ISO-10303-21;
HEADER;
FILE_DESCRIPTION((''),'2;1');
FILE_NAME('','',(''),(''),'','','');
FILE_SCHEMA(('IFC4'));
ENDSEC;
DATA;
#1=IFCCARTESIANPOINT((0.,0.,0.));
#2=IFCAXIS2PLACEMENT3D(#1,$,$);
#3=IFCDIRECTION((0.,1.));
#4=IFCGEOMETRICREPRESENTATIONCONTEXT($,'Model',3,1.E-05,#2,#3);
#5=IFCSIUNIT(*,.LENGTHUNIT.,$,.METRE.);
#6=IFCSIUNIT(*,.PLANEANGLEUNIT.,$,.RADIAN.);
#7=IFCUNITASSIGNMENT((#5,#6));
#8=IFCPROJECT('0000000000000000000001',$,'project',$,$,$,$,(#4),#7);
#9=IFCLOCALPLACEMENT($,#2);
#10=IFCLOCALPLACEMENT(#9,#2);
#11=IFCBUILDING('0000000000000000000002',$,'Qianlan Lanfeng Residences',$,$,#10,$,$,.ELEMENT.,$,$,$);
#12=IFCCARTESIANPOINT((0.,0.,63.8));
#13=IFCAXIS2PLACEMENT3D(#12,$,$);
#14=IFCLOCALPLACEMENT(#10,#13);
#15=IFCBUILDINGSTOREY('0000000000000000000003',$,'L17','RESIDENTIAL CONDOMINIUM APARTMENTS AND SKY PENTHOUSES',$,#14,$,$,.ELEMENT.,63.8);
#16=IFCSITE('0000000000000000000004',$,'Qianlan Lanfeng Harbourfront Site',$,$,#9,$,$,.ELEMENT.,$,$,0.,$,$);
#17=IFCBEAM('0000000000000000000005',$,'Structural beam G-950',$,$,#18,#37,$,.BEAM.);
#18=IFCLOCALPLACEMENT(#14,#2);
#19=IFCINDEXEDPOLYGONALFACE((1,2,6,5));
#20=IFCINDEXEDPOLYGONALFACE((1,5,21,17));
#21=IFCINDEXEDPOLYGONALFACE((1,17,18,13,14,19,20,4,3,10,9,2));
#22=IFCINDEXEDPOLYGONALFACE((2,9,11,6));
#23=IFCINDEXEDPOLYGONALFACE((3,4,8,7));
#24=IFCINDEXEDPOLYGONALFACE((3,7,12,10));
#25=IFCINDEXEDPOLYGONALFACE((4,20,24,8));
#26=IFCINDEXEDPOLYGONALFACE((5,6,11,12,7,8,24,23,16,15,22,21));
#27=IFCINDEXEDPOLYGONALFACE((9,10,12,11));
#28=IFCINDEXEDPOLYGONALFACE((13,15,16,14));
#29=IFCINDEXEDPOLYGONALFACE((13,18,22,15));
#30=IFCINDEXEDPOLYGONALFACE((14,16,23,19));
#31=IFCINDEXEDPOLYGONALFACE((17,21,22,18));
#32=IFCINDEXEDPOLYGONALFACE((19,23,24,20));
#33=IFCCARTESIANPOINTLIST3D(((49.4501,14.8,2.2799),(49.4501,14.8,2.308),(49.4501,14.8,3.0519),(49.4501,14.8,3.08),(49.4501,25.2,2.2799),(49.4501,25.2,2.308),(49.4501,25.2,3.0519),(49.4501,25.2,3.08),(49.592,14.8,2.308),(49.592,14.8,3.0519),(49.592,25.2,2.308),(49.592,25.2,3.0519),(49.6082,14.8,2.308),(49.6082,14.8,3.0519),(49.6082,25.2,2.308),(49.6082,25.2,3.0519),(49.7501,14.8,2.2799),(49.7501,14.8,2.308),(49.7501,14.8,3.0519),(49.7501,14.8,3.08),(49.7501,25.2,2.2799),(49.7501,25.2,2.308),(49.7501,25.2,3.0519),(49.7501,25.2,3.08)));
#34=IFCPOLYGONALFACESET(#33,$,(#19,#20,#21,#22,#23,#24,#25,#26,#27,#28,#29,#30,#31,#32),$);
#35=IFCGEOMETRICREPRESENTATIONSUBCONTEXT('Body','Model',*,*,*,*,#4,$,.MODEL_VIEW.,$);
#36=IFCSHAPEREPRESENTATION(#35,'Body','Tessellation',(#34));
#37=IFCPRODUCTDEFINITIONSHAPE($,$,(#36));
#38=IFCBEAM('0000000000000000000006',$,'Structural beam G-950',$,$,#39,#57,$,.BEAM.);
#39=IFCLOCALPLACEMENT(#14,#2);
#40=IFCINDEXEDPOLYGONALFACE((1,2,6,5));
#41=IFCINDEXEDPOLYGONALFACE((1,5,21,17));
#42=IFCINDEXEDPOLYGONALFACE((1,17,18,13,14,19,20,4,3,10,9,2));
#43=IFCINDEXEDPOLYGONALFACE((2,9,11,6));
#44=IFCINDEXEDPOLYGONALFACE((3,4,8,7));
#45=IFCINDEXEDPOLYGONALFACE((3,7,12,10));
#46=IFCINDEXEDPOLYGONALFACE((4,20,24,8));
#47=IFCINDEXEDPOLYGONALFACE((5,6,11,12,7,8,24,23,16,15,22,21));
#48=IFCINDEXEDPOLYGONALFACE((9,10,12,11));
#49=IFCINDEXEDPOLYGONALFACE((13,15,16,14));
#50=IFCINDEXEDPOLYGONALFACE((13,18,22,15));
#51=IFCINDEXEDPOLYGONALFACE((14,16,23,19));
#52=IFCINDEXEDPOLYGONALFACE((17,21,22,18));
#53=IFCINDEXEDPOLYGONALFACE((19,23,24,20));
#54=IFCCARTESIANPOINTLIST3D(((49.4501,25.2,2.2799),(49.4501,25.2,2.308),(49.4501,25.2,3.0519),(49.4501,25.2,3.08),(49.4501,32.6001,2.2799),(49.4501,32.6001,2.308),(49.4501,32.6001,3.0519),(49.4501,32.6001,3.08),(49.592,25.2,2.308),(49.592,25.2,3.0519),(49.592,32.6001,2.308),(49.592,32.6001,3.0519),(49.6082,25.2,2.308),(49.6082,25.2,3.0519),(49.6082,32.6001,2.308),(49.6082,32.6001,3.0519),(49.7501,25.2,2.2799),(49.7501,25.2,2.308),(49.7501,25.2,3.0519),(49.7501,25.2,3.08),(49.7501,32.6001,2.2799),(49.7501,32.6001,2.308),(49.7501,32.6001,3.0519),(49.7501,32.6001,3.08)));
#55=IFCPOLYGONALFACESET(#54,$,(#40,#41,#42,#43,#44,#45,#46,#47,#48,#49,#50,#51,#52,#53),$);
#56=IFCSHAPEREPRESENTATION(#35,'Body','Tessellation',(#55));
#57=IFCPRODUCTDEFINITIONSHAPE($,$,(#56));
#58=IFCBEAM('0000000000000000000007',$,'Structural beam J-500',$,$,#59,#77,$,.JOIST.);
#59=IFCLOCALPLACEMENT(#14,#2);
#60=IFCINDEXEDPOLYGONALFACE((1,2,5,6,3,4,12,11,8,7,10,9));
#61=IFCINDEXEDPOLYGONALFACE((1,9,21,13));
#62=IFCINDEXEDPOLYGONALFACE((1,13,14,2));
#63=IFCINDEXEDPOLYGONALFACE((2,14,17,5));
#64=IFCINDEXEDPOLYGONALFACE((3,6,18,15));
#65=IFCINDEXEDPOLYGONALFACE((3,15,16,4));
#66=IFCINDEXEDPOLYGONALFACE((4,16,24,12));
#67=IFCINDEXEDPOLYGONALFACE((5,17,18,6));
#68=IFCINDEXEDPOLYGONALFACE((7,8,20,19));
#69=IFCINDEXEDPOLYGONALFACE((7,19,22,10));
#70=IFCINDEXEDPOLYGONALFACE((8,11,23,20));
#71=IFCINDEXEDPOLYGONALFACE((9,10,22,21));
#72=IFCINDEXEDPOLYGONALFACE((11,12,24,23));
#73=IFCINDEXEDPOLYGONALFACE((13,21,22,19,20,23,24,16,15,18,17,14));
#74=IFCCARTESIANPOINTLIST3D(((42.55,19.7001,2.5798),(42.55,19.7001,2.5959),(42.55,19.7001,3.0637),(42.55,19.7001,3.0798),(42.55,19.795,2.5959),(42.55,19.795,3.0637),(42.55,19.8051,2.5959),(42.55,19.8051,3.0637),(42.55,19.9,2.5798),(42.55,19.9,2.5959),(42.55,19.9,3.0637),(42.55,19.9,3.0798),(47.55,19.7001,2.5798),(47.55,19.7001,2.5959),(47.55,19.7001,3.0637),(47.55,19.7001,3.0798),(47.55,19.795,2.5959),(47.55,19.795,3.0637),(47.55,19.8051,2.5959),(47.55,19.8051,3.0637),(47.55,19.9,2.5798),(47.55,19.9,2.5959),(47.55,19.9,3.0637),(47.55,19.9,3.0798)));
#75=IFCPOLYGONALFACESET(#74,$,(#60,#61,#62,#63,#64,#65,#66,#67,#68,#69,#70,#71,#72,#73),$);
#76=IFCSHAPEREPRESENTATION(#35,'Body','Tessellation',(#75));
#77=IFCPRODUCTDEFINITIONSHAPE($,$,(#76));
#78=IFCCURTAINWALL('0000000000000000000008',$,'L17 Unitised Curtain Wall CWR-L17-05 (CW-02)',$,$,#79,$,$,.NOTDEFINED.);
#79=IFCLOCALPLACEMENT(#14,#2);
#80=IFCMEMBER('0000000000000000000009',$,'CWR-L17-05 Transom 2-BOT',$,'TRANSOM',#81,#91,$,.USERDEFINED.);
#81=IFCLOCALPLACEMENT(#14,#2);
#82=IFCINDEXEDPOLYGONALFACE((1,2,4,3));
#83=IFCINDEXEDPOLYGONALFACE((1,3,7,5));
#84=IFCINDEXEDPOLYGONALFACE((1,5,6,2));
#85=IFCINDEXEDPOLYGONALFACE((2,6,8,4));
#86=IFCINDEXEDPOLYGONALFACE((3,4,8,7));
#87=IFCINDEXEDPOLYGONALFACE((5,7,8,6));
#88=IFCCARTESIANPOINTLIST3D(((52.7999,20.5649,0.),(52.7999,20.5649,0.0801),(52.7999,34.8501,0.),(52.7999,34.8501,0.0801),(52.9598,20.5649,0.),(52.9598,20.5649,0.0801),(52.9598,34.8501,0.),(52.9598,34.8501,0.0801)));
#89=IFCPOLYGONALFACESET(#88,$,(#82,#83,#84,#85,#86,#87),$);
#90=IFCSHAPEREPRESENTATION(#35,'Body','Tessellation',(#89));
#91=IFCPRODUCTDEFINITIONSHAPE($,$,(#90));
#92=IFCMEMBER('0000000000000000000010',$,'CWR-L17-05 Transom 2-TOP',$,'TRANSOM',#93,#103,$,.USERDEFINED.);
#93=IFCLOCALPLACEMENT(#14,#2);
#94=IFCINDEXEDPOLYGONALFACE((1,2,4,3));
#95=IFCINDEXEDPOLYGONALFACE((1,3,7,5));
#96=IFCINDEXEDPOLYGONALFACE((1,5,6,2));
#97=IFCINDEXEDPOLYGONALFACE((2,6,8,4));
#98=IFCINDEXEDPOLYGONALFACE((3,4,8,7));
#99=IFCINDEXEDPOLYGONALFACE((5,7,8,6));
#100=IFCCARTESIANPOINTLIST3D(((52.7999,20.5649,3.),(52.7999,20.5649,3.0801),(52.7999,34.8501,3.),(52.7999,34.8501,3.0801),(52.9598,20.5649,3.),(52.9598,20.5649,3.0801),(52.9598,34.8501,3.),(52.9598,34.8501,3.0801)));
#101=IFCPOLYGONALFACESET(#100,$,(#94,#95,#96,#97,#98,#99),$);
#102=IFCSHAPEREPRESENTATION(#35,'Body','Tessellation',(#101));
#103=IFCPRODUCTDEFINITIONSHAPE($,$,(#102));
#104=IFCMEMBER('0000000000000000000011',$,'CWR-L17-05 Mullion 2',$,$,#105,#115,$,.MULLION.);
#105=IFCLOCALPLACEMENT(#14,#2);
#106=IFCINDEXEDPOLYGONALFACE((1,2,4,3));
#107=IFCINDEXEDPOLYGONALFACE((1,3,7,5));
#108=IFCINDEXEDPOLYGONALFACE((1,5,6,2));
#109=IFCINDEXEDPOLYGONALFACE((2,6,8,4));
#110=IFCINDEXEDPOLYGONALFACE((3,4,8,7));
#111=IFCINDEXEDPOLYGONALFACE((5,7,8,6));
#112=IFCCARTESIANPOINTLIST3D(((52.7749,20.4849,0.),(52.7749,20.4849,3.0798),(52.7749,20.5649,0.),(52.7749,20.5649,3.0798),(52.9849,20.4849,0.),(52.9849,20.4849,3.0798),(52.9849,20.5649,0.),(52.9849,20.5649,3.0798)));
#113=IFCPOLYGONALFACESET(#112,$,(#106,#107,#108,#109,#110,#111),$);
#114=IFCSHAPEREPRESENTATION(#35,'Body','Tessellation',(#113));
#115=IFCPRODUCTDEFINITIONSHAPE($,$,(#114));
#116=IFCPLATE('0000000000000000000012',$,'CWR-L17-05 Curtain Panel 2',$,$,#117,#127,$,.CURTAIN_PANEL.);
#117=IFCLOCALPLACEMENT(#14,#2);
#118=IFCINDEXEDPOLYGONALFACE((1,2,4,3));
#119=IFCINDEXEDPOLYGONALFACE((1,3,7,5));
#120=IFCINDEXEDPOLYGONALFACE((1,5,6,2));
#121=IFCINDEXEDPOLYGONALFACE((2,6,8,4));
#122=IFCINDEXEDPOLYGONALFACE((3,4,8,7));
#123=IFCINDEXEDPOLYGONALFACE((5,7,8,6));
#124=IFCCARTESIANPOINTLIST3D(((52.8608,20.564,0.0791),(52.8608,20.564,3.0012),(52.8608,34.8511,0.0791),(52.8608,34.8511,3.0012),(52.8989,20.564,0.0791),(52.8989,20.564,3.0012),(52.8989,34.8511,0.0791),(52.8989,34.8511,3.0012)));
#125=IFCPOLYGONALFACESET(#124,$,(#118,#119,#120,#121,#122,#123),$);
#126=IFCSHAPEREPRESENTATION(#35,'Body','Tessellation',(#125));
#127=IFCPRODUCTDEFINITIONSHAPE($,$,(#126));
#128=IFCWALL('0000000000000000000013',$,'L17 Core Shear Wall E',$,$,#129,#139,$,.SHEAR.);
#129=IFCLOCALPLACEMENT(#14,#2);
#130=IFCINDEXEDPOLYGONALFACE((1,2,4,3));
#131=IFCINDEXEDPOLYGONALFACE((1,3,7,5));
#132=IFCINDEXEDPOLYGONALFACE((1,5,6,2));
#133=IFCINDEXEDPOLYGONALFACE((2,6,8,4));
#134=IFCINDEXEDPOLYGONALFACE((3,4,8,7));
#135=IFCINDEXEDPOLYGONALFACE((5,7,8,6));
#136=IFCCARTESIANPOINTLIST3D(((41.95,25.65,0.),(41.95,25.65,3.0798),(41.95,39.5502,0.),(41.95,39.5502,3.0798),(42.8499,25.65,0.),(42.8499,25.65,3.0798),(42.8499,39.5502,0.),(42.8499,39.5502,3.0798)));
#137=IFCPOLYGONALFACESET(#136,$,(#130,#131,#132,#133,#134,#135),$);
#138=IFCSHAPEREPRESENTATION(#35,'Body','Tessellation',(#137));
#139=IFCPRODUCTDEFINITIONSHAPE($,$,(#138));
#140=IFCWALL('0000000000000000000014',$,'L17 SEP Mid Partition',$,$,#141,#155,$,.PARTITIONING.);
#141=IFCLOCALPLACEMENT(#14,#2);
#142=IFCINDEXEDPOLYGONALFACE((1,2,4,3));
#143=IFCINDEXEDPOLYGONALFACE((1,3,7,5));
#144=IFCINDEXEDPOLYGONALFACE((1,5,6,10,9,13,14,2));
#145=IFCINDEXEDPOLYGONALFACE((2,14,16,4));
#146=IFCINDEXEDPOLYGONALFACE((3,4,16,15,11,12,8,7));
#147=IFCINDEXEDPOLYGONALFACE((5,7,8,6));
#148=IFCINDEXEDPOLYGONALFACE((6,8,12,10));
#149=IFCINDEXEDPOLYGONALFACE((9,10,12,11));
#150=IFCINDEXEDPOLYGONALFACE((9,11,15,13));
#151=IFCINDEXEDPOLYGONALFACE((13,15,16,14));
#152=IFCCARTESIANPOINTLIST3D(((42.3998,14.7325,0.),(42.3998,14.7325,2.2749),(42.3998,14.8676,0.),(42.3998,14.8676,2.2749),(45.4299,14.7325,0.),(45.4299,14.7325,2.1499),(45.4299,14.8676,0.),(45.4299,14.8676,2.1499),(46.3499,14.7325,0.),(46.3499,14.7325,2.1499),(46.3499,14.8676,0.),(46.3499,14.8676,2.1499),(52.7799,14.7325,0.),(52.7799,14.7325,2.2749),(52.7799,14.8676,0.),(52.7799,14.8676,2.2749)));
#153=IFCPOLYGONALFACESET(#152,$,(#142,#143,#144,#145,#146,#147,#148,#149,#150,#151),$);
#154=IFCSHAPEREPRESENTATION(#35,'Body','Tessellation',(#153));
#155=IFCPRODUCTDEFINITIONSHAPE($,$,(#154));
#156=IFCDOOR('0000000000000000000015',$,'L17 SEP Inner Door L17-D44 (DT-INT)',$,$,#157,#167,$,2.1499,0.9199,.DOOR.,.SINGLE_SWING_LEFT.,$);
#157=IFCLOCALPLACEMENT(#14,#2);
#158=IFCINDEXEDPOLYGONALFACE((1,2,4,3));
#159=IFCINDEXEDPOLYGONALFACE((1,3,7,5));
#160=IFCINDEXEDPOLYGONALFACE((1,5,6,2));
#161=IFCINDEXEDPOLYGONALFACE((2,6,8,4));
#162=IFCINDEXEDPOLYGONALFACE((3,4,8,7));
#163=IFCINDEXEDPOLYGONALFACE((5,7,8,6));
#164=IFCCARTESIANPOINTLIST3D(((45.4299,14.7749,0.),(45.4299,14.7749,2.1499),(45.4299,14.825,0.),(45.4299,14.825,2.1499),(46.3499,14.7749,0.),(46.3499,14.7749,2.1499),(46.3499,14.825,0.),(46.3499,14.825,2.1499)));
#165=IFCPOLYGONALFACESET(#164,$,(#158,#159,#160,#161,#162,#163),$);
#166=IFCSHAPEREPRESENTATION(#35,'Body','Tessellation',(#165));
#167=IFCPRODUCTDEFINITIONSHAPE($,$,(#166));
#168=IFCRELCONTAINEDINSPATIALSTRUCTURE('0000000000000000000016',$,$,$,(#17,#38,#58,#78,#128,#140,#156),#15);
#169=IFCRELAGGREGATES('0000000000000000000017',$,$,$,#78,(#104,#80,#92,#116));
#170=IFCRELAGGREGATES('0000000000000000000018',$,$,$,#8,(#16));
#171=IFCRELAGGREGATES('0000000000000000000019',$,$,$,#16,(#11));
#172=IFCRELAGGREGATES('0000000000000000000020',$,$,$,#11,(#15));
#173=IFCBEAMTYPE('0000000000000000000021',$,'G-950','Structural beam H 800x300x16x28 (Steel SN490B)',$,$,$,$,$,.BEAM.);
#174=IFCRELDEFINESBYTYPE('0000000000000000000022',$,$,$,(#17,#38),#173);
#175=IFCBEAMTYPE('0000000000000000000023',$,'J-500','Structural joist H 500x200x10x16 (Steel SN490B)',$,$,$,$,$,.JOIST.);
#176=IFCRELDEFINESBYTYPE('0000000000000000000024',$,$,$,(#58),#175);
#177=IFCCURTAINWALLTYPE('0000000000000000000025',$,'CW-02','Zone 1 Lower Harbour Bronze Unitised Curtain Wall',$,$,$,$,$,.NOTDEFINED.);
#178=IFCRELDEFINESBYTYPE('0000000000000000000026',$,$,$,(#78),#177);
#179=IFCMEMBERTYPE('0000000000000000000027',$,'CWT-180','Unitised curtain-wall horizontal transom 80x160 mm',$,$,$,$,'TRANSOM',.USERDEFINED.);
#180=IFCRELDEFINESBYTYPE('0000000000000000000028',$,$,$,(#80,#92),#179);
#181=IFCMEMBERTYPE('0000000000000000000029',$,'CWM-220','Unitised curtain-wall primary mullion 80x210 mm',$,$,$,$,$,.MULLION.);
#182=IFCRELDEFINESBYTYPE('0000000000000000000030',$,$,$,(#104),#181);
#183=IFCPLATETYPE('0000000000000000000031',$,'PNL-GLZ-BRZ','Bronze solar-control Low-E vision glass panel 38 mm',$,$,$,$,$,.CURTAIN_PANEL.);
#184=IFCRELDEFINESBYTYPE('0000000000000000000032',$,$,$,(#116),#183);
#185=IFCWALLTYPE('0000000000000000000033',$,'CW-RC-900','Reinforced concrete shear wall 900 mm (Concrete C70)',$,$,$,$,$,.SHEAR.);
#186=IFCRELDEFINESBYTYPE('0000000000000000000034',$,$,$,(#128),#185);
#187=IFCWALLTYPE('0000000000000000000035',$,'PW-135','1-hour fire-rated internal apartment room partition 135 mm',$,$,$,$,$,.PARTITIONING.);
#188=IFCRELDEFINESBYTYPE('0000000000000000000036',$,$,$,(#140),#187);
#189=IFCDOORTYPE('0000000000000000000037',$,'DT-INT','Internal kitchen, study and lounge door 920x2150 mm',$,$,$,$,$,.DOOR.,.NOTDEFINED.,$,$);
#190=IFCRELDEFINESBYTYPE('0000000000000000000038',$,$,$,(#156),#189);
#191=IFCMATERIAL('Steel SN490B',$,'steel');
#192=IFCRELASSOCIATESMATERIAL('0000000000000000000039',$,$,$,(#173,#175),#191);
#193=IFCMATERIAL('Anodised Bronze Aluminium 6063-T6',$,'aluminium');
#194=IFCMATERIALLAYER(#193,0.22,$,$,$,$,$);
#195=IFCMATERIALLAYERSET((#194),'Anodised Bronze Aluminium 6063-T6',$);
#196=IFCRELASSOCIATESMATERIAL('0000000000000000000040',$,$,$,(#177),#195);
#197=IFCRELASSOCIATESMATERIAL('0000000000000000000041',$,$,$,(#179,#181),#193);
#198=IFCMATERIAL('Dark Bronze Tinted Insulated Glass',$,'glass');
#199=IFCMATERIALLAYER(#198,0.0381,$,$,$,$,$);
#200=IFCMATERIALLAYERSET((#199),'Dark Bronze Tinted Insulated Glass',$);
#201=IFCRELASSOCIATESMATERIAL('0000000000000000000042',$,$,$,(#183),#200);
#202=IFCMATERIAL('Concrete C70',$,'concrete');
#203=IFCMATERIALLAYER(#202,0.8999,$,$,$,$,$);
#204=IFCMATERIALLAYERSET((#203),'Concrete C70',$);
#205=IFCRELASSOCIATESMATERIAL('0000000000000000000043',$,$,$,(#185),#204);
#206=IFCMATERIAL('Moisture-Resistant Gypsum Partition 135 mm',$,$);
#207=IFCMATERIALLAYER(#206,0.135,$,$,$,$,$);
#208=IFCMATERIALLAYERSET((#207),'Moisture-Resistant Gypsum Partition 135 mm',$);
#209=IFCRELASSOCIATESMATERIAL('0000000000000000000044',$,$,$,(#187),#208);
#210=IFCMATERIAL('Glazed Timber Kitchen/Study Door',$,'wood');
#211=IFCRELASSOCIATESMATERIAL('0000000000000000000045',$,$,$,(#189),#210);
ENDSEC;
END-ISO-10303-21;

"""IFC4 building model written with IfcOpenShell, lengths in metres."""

from ifc_helpers import new_model, si_unit, direction, frame, frame_2d, origin, origin_2d, place, context, subcontext, project, spatial, rectangle, i_section, extrude, source, transform, mapped, material, layer, layer_set, material_profile, profile_set, type_object, element, fill, aggregate, save


model = new_model("IFC4")

# Units and contexts
model_context = context("Model", 3, precision=1e-05, world=origin(), true_north=direction((0.0, 1.0)))
body_context = subcontext(model_context, "Body", "Model", "MODEL_VIEW")
ifc_project = project(units=[si_unit("LENGTHUNIT", "METRE"), si_unit("PLANEANGLEUNIT", "RADIAN")], contexts=[model_context])

# Site, building, storey
site_placement = place(None, origin())
site = spatial("IfcSite", under=ifc_project, at=site_placement, Name="Qianlan Lanfeng Harbourfront Site", CompositionType="ELEMENT", RefElevation=0.0)
building_placement = place(site_placement, origin())
building = spatial("IfcBuilding", under=site, at=building_placement, Name="Qianlan Lanfeng Residences", CompositionType="ELEMENT")
storey_placement = place(building_placement, frame((0.0, 0.0, 63.8)))
storey = spatial("IfcBuildingStorey", under=building, at=storey_placement, Name="L17", Description="RESIDENTIAL CONDOMINIUM APARTMENTS AND SKY PENTHOUSES", CompositionType="ELEMENT", Elevation=63.8)

# Shared definitions
ifc_material_1 = material(Name="Steel SN490B", Category="steel")

# Beams
ifc_material_profile_1 = material_profile(ifc_material_1, i_section(OverallWidth=0.3, OverallDepth=0.8, WebThickness=0.0161, FlangeThickness=0.0281, at=origin_2d()), Name="H 800x300x16x28")
ifc_profile_set_1 = profile_set([ifc_material_profile_1], Name="Steel SN490B")
beam_type_1 = type_object("IfcBeamType", Name="G-950", Description="Structural beam H 800x300x16x28 (Steel SN490B)", PredefinedType="BEAM", material=ifc_profile_set_1)
beam_1_placement = place(storey_placement, frame((49.6001, 14.8, 2.6799), z_axis=(0.0, 1.0, 0.0), x_axis=(-1.0, 0.0, 0.0)))
element("IfcBeam", 1, at=beam_1_placement, inside=storey, type_object=beam_type_1, Name="Structural beam G-950", PredefinedType="BEAM", context=body_context, shape_type="SweptSolid", body=[
    extrude(i_section(OverallWidth=0.3, OverallDepth=0.8, WebThickness=0.0161, FlangeThickness=0.0281, at=origin_2d()), origin(), (0.0, 0.0, 1.0), 10.3999),
])
beam_2_placement = place(storey_placement, frame((49.6001, 25.2, 2.6799), z_axis=(0.0, 1.0, 0.0), x_axis=(-1.0, 0.0, 0.0)))
element("IfcBeam", 2, at=beam_2_placement, inside=storey, type_object=beam_type_1, Name="Structural beam G-950", PredefinedType="BEAM", context=body_context, shape_type="SweptSolid", body=[
    extrude(i_section(OverallWidth=0.3, OverallDepth=0.8, WebThickness=0.0161, FlangeThickness=0.0281, at=origin_2d()), origin(), (0.0, 0.0, 1.0), 7.4001),
])
ifc_material_profile_2 = material_profile(ifc_material_1, i_section(OverallWidth=0.2, OverallDepth=0.5, WebThickness=0.01, FlangeThickness=0.0161, at=origin_2d()), Name="H 500x200x10x16")
ifc_profile_set_2 = profile_set([ifc_material_profile_2], Name="Steel SN490B")
beam_type_2 = type_object("IfcBeamType", Name="J-500", Description="Structural joist H 500x200x10x16 (Steel SN490B)", PredefinedType="JOIST", material=ifc_profile_set_2)
beam_3_placement = place(storey_placement, frame((42.55, 19.8, 2.8298), z_axis=(1.0, 0.0, 0.0), x_axis=(0.0, 1.0, 0.0)))
element("IfcBeam", 3, at=beam_3_placement, inside=storey, type_object=beam_type_2, Name="Structural beam J-500", PredefinedType="JOIST", context=body_context, shape_type="SweptSolid", body=[
    extrude(i_section(OverallWidth=0.2, OverallDepth=0.5, WebThickness=0.01, FlangeThickness=0.0161, at=origin_2d()), origin(), (0.0, 0.0, 1.0), 5.0),
])

# Curtain wall, members, plate
ifc_material_2 = material(Name="Anodised Bronze Aluminium 6063-T6", Category="aluminium")
ifc_layer_1 = layer(ifc_material_2, 0.22)
ifc_layer_set_1 = layer_set([ifc_layer_1], Name="Anodised Bronze Aluminium 6063-T6")
curtain_wall_type = type_object("IfcCurtainWallType", Name="CW-02", Description="Zone 1 Lower Harbour Bronze Unitised Curtain Wall", PredefinedType="NOTDEFINED", material=ifc_layer_set_1)
curtain_wall_placement = place(storey_placement, origin())
curtain_wall = element("IfcCurtainWall", 4, at=curtain_wall_placement, inside=storey, type_object=curtain_wall_type, Name="L17 Unitised Curtain Wall CWR-L17-05 (CW-02)", PredefinedType="NOTDEFINED")
ifc_material_profile_3 = material_profile(ifc_material_2, rectangle(XDim=0.0801, YDim=0.1599, at=origin_2d()), Name="ALU TRANSOM 80x160")
ifc_profile_set_3 = profile_set([ifc_material_profile_3], Name="Anodised Bronze Aluminium 6063-T6")
member_type_1 = type_object("IfcMemberType", Name="CWT-180", Description="Unitised curtain-wall horizontal transom 80x160 mm", ElementType="TRANSOM", PredefinedType="USERDEFINED", material=ifc_profile_set_3)
shared_shape_1 = source(origin(), body_context, "Body", "SweptSolid", [
    extrude(rectangle(XDim=0.0801, YDim=0.1599, at=origin_2d()), origin(), (0.0, 0.0, 1.0), 14.2852),
])
member_1_placement = place(storey_placement, frame((52.8799, 20.5649, 0.04), z_axis=(0.0, 1.0, 0.0), x_axis=(0.0, 0.0, 1.0)))
member_1 = element("IfcMember", 5, at=member_1_placement, type_object=member_type_1, Name="CWR-L17-05 Transom 2-BOT", ObjectType="TRANSOM", PredefinedType="USERDEFINED", context=body_context, shape_type="MappedRepresentation", body=[
    mapped(shared_shape_1, transform((0.0, 0.0, 0.0), scale=1.0)),
])
member_2_placement = place(storey_placement, frame((52.8799, 20.5649, 3.04), z_axis=(0.0, 1.0, 0.0), x_axis=(0.0, 0.0, 1.0)))
member_2 = element("IfcMember", 6, at=member_2_placement, type_object=member_type_1, Name="CWR-L17-05 Transom 2-TOP", ObjectType="TRANSOM", PredefinedType="USERDEFINED", context=body_context, shape_type="MappedRepresentation", body=[
    mapped(shared_shape_1, transform((0.0, 0.0, 0.0), scale=1.0)),
])
ifc_material_profile_4 = material_profile(ifc_material_2, rectangle(XDim=0.0801, YDim=0.21, at=origin_2d()), Name="ALU MULLION 80x210")
ifc_profile_set_4 = profile_set([ifc_material_profile_4], Name="Anodised Bronze Aluminium 6063-T6")
member_type_2 = type_object("IfcMemberType", Name="CWM-220", Description="Unitised curtain-wall primary mullion 80x210 mm", PredefinedType="MULLION", material=ifc_profile_set_4)
shared_shape_2 = source(origin(), body_context, "Body", "SweptSolid", [
    extrude(rectangle(XDim=0.0801, YDim=0.21, at=origin_2d()), origin(), (0.0, 0.0, 1.0), 3.0798),
])
member_3_placement = place(storey_placement, frame((52.8799, 20.5249, 0.0), z_axis=(0.0, 0.0, 1.0), x_axis=(0.0, 1.0, 0.0)))
member_3 = element("IfcMember", 7, at=member_3_placement, type_object=member_type_2, Name="CWR-L17-05 Mullion 2", PredefinedType="MULLION", context=body_context, shape_type="MappedRepresentation", body=[
    mapped(shared_shape_2, transform((0.0, 0.0, 0.0), scale=1.0)),
])
ifc_material_3 = material(Name="Dark Bronze Tinted Insulated Glass", Category="glass")
ifc_layer_2 = layer(ifc_material_3, 0.0381)
ifc_layer_set_2 = layer_set([ifc_layer_2], Name="Dark Bronze Tinted Insulated Glass")
plate_type = type_object("IfcPlateType", Name="PNL-GLZ-BRZ", Description="Bronze solar-control Low-E vision glass panel 38 mm", PredefinedType="CURTAIN_PANEL", material=ifc_layer_set_2)
shared_shape_3 = source(origin(), body_context, "Body", "SweptSolid", [
    extrude(rectangle(XDim=14.2871, YDim=0.0381, at=origin_2d()), origin(), (0.0, 0.0, 1.0), 2.9221),
])
plate_placement = place(storey_placement, frame((52.8799, 27.7075, 0.0791), z_axis=(0.0, 0.0, 1.0), x_axis=(0.0, 1.0, 0.0)))
plate = element("IfcPlate", 8, at=plate_placement, type_object=plate_type, Name="CWR-L17-05 Curtain Panel 2", PredefinedType="CURTAIN_PANEL", context=body_context, shape_type="MappedRepresentation", body=[
    mapped(shared_shape_3, transform((0.0, 0.0, 0.0), scale=1.0)),
])
aggregate(curtain_wall, [member_3, member_1, member_2, plate])

# Wall
ifc_material_4 = material(Name="Concrete C70", Category="concrete")
ifc_layer_3 = layer(ifc_material_4, 0.8999)
ifc_layer_set_3 = layer_set([ifc_layer_3], Name="Concrete C70")
wall_type_1 = type_object("IfcWallType", Name="CW-RC-900", Description="Reinforced concrete shear wall 900 mm (Concrete C70)", PredefinedType="SHEAR", material=ifc_layer_set_3)
wall_1_placement = place(storey_placement, frame((42.3999, 25.6499, 0.0), z_axis=(0.0, 0.0, 1.0), x_axis=(0.0, 1.0, 0.0)))
element("IfcWall", 9, at=wall_1_placement, inside=storey, type_object=wall_type_1, Name="L17 Core Shear Wall E", PredefinedType="SHEAR", context=body_context, shape_type="SweptSolid", body=[
    extrude(rectangle(XDim=13.9001, YDim=0.8999, at=frame_2d((6.9502, 0.0))), origin(), (0.0, 0.0, 1.0), 3.0798),
])

# Wall, opening, door
ifc_material_5 = material(Name="Moisture-Resistant Gypsum Partition 135 mm")
ifc_layer_4 = layer(ifc_material_5, 0.135)
ifc_layer_set_4 = layer_set([ifc_layer_4], Name="Moisture-Resistant Gypsum Partition 135 mm")
wall_type_2 = type_object("IfcWallType", Name="PW-135", Description="1-hour fire-rated internal apartment room partition 135 mm", PredefinedType="PARTITIONING", material=ifc_layer_set_4)
wall_2_placement = place(storey_placement, frame((42.3999, 14.8, 0.0), z_axis=(0.0, 0.0, 1.0), x_axis=(1.0, 0.0, 0.0)))
wall_2 = element("IfcWall", 10, at=wall_2_placement, inside=storey, type_object=wall_type_2, Name="L17 SEP Mid Partition", PredefinedType="PARTITIONING", context=body_context, shape_type="SweptSolid", body=[
    extrude(rectangle(XDim=10.3801, YDim=0.135, at=frame_2d((5.1899, 0.0))), origin(), (0.0, 0.0, 1.0), 2.2749),
])
opening_1_placement = place(wall_2_placement, frame((3.03, 0.0, 0.0)))
opening_1 = element("IfcOpeningElement", 11, at=opening_1_placement, cuts=wall_2, PredefinedType="OPENING", context=body_context, shape_type="SweptSolid", body=[
    extrude(rectangle(XDim=0.9199, YDim=2.1499, at=frame_2d((0.46, 1.075))), frame((0.0, 0.0776, 0.0), z_axis=(0.0, -1.0, 0.0), x_axis=(1.0, 0.0, 0.0)), (0.0, 0.0, 1.0), 0.155),
])
ifc_material_6 = material(Name="Glazed Timber Kitchen/Study Door", Category="wood")
door_type = type_object("IfcDoorType", Name="DT-INT", Description="Internal kitchen, study and lounge door 920x2150 mm", OperationType="NOTDEFINED", PredefinedType="DOOR", material=ifc_material_6)
door_1_placement = place(opening_1_placement, origin())
door_1 = element("IfcDoor", 12, at=door_1_placement, inside=storey, type_object=door_type, Name="L17 SEP Inner Door L17-D44 (DT-INT)", OperationType="SINGLE_SWING_LEFT", OverallHeight=2.1499, OverallWidth=0.9199, PredefinedType="DOOR", context=body_context, shape_type="SweptSolid", body=[
    extrude(rectangle(XDim=0.9199, YDim=2.1499, at=frame_2d((0.46, 1.075))), frame((0.0, 0.0249, 0.0), z_axis=(0.0, -1.0, 0.0), x_axis=(1.0, 0.0, 0.0)), (0.0, 0.0, 1.0), 0.05),
])
fill(opening_1, door_1)

save(model, "model.ifc")
